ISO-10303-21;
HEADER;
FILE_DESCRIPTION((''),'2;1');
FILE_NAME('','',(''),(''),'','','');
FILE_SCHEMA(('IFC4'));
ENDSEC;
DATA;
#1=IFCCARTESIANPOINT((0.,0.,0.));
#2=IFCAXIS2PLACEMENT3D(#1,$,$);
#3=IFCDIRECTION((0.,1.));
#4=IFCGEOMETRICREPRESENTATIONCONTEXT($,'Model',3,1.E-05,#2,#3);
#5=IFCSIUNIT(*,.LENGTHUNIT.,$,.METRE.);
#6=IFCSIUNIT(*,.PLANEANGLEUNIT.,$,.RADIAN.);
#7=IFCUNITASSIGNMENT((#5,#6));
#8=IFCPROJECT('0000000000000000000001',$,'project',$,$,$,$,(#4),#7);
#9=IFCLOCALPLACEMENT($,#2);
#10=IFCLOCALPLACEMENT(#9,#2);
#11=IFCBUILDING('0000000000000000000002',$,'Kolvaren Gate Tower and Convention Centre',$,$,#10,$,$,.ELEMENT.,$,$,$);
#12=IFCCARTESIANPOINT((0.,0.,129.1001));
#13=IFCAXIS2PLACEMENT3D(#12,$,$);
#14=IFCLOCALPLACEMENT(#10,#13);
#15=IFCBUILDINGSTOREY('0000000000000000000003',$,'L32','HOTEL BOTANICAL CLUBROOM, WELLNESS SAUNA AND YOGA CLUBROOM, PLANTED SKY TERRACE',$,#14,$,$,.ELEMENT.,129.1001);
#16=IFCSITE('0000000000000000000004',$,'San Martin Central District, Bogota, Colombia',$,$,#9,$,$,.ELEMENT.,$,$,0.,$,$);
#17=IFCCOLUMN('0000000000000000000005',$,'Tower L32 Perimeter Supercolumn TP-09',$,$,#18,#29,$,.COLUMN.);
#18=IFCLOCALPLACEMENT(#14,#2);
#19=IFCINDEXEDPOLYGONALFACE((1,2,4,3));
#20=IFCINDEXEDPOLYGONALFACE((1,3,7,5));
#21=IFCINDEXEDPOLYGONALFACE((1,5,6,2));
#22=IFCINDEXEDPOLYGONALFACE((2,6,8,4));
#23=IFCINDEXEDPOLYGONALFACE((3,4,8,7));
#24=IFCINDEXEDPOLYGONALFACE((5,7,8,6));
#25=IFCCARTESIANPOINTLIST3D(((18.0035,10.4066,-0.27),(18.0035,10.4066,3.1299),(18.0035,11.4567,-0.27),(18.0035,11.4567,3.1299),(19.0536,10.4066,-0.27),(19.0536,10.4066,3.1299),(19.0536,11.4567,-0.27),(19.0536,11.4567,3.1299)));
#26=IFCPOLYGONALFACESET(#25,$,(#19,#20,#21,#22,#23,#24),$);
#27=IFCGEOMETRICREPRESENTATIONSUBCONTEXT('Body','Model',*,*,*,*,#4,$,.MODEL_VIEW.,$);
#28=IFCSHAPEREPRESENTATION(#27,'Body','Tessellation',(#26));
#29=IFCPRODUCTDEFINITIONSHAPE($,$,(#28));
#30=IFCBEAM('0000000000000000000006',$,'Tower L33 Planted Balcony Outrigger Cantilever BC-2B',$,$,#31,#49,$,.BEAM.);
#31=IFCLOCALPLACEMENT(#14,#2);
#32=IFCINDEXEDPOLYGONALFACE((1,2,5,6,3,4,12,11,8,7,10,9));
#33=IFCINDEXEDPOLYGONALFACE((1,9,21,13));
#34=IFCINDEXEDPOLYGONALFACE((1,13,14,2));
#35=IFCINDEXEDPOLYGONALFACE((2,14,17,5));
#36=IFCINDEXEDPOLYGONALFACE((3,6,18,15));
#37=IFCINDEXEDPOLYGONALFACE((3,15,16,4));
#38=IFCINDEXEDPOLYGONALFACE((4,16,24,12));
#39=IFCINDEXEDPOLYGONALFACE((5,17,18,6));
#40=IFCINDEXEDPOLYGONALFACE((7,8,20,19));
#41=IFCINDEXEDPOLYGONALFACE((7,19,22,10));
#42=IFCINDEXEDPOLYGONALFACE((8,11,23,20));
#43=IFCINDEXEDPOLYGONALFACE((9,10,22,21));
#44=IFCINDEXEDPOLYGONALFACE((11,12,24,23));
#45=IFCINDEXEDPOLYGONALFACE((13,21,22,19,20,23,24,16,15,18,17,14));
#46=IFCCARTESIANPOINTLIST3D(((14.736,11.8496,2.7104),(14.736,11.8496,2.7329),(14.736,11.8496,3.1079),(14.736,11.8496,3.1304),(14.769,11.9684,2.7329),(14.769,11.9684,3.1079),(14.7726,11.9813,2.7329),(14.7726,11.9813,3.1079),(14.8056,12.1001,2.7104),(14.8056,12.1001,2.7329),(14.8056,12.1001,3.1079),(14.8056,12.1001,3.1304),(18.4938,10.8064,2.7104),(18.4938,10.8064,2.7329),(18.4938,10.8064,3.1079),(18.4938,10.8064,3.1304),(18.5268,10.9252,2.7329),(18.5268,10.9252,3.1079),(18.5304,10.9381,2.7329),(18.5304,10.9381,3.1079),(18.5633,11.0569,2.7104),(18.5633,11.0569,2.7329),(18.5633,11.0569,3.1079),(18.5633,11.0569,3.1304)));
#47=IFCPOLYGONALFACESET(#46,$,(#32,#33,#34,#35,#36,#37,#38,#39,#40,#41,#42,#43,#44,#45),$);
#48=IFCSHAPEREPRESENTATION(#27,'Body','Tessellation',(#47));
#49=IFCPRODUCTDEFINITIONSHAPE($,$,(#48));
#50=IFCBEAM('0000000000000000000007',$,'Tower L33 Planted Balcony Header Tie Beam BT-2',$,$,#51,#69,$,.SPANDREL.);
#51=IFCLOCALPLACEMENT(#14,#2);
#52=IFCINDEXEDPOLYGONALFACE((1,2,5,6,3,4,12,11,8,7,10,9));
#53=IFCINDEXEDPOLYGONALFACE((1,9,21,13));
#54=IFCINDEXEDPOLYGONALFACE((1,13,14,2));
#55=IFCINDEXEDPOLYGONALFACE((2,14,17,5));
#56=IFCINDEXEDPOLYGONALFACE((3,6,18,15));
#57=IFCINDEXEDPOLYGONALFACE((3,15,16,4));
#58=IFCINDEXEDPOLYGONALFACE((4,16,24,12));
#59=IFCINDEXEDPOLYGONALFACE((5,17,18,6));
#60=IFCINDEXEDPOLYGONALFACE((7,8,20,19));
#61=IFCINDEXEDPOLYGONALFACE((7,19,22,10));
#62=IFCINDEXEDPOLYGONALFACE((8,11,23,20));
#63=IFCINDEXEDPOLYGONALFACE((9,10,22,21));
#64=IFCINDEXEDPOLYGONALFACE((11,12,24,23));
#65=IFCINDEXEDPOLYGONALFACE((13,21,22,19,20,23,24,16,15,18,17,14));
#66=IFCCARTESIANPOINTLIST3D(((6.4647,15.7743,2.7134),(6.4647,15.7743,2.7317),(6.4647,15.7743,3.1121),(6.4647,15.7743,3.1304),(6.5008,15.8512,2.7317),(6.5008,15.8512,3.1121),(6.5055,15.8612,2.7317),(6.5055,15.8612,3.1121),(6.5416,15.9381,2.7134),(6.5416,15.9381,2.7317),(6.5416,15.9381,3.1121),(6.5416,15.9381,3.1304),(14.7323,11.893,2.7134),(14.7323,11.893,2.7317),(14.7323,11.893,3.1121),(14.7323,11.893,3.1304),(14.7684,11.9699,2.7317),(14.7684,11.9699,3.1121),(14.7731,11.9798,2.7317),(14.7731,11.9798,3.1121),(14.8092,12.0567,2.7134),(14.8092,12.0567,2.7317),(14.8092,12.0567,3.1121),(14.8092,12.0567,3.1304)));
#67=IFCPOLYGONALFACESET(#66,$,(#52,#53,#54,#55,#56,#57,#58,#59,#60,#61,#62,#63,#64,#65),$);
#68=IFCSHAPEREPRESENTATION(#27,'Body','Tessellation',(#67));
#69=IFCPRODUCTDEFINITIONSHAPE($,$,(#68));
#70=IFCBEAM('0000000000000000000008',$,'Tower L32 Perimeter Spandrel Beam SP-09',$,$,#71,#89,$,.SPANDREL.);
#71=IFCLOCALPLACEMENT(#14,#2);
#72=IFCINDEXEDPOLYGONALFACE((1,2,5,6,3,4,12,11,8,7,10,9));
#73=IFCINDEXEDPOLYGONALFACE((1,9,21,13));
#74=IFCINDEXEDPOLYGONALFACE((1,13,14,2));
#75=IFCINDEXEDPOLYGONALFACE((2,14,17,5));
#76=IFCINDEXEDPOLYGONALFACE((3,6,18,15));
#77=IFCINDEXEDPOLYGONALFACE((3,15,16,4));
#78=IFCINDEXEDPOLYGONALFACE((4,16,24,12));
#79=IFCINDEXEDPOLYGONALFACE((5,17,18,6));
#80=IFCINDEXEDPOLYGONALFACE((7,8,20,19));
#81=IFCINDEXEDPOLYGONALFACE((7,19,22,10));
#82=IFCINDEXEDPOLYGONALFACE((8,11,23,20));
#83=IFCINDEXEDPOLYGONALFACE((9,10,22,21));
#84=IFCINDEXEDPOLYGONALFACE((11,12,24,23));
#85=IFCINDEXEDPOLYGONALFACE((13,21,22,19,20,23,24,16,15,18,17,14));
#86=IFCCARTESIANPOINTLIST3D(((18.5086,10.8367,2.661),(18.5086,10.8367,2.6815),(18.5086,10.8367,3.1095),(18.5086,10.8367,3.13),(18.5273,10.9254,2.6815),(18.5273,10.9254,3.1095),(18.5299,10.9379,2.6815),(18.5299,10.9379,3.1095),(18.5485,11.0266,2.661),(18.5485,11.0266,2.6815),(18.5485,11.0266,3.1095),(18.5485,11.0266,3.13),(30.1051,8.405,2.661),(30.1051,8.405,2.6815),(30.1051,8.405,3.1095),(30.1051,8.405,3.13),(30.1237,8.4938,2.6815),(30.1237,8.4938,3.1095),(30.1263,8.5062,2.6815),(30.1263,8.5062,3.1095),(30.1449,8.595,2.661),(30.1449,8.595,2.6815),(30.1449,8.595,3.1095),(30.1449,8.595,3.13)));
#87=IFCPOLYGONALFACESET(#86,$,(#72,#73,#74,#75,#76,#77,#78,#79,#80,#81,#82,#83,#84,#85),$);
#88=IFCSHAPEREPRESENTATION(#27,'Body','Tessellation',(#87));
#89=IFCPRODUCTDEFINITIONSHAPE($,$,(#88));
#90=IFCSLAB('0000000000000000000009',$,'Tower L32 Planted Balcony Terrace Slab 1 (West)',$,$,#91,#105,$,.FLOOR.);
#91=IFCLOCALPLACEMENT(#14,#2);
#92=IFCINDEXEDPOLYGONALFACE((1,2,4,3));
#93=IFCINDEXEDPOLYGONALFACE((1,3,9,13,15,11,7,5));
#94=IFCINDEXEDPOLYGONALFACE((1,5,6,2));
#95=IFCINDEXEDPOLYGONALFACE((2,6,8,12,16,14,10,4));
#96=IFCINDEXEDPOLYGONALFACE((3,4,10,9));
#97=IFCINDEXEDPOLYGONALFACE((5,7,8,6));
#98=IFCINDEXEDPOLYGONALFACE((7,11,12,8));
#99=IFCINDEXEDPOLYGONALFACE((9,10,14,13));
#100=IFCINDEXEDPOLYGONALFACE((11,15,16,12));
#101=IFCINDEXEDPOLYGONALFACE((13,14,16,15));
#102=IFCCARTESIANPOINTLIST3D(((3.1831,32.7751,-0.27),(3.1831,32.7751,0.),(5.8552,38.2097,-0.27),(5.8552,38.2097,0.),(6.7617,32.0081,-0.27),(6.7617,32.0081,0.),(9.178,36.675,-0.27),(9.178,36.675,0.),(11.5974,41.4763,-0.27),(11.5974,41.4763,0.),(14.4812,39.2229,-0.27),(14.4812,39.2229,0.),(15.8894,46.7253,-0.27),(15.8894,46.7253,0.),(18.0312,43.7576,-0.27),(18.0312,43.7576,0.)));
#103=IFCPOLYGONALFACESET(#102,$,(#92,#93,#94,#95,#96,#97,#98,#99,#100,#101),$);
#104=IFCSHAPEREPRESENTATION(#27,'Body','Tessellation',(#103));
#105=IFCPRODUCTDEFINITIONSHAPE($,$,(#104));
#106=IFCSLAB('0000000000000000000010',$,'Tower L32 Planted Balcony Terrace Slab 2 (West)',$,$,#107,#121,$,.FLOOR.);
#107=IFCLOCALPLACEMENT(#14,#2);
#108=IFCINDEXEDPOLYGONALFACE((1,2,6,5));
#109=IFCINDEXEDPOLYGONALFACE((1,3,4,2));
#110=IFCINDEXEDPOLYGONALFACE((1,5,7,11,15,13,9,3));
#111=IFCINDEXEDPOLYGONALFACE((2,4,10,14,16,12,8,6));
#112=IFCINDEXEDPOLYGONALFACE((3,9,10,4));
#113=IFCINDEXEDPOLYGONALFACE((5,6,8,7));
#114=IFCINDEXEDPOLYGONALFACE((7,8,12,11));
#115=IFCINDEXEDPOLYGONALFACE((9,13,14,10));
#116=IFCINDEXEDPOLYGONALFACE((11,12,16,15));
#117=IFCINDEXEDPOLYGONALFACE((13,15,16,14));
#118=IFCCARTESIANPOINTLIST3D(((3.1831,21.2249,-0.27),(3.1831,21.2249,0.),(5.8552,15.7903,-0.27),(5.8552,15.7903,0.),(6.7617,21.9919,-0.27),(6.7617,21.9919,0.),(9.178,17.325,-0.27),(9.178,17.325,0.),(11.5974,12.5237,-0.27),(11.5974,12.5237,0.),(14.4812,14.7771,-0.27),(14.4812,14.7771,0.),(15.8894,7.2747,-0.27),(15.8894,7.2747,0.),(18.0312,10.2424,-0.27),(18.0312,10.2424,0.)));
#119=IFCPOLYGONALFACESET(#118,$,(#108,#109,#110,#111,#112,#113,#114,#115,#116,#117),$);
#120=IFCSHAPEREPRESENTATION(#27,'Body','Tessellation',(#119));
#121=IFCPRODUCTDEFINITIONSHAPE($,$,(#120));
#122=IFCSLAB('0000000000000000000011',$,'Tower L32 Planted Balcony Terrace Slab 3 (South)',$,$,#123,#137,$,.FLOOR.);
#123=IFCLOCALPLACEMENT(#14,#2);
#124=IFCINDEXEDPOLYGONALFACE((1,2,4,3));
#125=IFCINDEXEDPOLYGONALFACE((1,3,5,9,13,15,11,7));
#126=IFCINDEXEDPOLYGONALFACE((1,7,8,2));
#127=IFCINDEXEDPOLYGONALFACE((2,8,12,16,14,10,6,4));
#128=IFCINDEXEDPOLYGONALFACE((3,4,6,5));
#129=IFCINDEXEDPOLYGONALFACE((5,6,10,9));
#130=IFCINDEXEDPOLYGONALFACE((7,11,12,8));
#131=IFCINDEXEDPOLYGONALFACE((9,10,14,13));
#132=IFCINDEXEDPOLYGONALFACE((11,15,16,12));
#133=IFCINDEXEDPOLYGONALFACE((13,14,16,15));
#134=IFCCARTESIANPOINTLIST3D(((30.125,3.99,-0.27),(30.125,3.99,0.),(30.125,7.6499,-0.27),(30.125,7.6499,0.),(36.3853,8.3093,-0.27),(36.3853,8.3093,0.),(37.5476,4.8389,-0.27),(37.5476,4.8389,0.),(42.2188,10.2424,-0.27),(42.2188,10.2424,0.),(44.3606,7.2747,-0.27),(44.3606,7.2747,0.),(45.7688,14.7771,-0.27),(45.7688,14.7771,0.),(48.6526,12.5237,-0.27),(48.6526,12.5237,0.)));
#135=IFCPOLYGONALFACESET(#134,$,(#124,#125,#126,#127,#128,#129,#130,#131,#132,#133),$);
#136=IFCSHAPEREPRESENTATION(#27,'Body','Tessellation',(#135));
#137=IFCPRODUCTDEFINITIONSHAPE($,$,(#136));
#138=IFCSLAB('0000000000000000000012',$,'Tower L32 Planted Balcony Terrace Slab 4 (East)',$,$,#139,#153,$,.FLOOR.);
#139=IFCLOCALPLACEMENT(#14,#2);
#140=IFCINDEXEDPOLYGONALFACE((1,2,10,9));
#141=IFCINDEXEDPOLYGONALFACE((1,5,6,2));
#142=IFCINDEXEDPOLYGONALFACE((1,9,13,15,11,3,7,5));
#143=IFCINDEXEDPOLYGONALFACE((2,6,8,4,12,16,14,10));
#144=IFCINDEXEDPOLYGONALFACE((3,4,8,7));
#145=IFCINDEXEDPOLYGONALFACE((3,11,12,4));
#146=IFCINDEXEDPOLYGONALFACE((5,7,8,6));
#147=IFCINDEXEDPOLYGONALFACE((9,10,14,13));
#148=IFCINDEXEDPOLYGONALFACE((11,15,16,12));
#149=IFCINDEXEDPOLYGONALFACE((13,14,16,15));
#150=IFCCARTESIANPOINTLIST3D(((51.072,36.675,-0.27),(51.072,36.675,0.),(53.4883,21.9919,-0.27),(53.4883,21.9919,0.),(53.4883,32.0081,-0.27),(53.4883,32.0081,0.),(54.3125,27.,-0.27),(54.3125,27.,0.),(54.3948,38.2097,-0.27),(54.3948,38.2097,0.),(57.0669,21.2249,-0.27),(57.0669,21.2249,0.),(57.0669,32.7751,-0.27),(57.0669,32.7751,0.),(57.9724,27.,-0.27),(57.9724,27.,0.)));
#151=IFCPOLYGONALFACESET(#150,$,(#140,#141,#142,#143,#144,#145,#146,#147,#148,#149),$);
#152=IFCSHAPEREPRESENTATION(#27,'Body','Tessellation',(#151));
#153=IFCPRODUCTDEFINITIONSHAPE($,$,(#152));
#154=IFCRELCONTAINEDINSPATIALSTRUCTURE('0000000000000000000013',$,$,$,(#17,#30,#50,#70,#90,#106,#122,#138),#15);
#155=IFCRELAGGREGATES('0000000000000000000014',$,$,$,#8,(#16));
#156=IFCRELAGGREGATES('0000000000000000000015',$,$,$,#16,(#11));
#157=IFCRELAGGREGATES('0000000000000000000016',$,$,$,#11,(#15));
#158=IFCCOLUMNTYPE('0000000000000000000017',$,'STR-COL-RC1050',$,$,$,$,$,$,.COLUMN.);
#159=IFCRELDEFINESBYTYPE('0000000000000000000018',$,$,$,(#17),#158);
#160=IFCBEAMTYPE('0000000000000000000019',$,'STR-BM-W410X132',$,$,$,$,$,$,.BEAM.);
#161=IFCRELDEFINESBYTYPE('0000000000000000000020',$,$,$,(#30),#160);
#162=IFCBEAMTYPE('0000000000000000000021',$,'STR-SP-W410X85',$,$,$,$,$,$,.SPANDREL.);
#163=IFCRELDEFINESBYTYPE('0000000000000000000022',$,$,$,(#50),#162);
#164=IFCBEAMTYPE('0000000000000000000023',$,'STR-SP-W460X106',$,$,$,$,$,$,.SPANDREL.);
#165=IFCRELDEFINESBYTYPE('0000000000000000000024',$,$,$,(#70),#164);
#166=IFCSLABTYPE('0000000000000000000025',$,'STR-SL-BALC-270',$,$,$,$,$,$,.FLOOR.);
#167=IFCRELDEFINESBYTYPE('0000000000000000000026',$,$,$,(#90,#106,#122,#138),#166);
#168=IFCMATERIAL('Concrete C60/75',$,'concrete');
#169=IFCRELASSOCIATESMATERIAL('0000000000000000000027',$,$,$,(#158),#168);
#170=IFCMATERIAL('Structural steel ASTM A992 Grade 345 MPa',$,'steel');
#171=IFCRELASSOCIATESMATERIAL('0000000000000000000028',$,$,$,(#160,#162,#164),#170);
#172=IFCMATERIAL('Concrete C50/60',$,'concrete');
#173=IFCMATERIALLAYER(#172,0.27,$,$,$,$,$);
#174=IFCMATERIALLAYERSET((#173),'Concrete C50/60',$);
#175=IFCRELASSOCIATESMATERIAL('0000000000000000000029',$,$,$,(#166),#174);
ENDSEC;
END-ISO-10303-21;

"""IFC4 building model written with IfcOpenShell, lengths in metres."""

from ifc_helpers import new_model, si_unit, direction, frame, origin, origin_2d, place, context, subcontext, project, spatial, polyline, rectangle, i_section, outline, extrude, material, layer, layer_set, material_profile, profile_set, type_object, element, save


model = new_model("IFC4")

# Units and contexts
model_context = context("Model", 3, precision=1e-05, world=origin(), true_north=direction((0.0, 1.0)))
body_context = subcontext(model_context, "Body", "Model", "MODEL_VIEW")
ifc_project = project(units=[si_unit("LENGTHUNIT", "METRE"), si_unit("PLANEANGLEUNIT", "RADIAN")], contexts=[model_context])

# Site, building, storey
site_placement = place(None, origin())
site = spatial("IfcSite", under=ifc_project, at=site_placement, Name="San Martin Central District, Bogota, Colombia", CompositionType="ELEMENT", RefElevation=0.0)
building_placement = place(site_placement, origin())
building = spatial("IfcBuilding", under=site, at=building_placement, Name="Kolvaren Gate Tower and Convention Centre", CompositionType="ELEMENT")
storey_placement = place(building_placement, frame((0.0, 0.0, 129.1001)))
storey = spatial("IfcBuildingStorey", under=building, at=storey_placement, Name="L32", Description="HOTEL BOTANICAL CLUBROOM, WELLNESS SAUNA AND YOGA CLUBROOM, PLANTED SKY TERRACE", CompositionType="ELEMENT", Elevation=129.1001)

# Column
ifc_material_1 = material(Name="Concrete C60/75", Category="concrete")
ifc_material_profile_1 = material_profile(ifc_material_1, rectangle(XDim=1.05, YDim=1.05, at=origin_2d()), Name="RC-COL-1050X1050")
ifc_profile_set_1 = profile_set([ifc_material_profile_1], Name="Concrete C60/75")
column_type = type_object("IfcColumnType", Name="STR-COL-RC1050", PredefinedType="COLUMN", material=ifc_profile_set_1)
column_placement = place(storey_placement, frame((18.5286, 10.9316, -0.27), z_axis=(0.0, 0.0, 1.0), x_axis=(1.0, 0.0, 0.0)))
element("IfcColumn", 1, at=column_placement, inside=storey, type_object=column_type, Name="Tower L32 Perimeter Supercolumn TP-09", PredefinedType="COLUMN", context=body_context, shape_type="SweptSolid", body=[
    extrude(rectangle(XDim=1.05, YDim=1.05, at=origin_2d()), origin(), (0.0, 0.0, 1.0), 3.3999),
])

# Beams
ifc_material_2 = material(Name="Structural steel ASTM A992 Grade 345 MPa", Category="steel")
ifc_material_profile_2 = material_profile(ifc_material_2, i_section(OverallWidth=0.26, OverallDepth=0.4199, WebThickness=0.0134, FlangeThickness=0.0225, at=origin_2d()), Name="W410X132")
ifc_profile_set_2 = profile_set([ifc_material_profile_2], Name="Structural steel ASTM A992 Grade 345 MPa")
beam_type_1 = type_object("IfcBeamType", Name="STR-BM-W410X132", PredefinedType="BEAM", material=ifc_profile_set_2)
beam_1_placement = place(storey_placement, frame((18.5286, 10.9316, 2.9204), z_axis=(-0.963559, 0.267495, 0.0), x_axis=(-0.267495, -0.963559, 0.0)))
element("IfcBeam", 2, at=beam_1_placement, inside=storey, type_object=beam_type_1, Name="Tower L33 Planted Balcony Outrigger Cantilever BC-2B", PredefinedType="BEAM", context=body_context, shape_type="SweptSolid", body=[
    extrude(i_section(OverallWidth=0.26, OverallDepth=0.4199, WebThickness=0.0134, FlangeThickness=0.0225, at=origin_2d()), origin(), (0.0, 0.0, 1.0), 3.8999),
])
ifc_material_profile_3 = material_profile(ifc_material_2, i_section(OverallWidth=0.1809, OverallDepth=0.417, WebThickness=0.011, FlangeThickness=0.0183, at=origin_2d()), Name="W410X85")
ifc_profile_set_3 = profile_set([ifc_material_profile_3], Name="Structural steel ASTM A992 Grade 345 MPa")
beam_type_2 = type_object("IfcBeamType", Name="STR-SP-W410X85", PredefinedType="SPANDREL", material=ifc_profile_set_3)
beam_2_placement = place(storey_placement, frame((6.5032, 15.8562, 2.9219), z_axis=(0.90521, -0.424965, 0.0), x_axis=(0.424965, 0.90521, 0.0)))
element("IfcBeam", 3, at=beam_2_placement, inside=storey, type_object=beam_type_2, Name="Tower L33 Planted Balcony Header Tie Beam BT-2", PredefinedType="SPANDREL", context=body_context, shape_type="SweptSolid", body=[
    extrude(i_section(OverallWidth=0.1809, OverallDepth=0.417, WebThickness=0.011, FlangeThickness=0.0183, at=origin_2d()), origin(), (0.0, 0.0, 1.0), 9.1333),
])
ifc_material_profile_4 = material_profile(ifc_material_2, i_section(OverallWidth=0.1941, OverallDepth=0.469, WebThickness=0.0127, FlangeThickness=0.0205, at=origin_2d()), Name="W460X106")
ifc_profile_set_4 = profile_set([ifc_material_profile_4], Name="Structural steel ASTM A992 Grade 345 MPa")
beam_type_3 = type_object("IfcBeamType", Name="STR-SP-W460X106", PredefinedType="SPANDREL", material=ifc_profile_set_4)
beam_3_placement = place(storey_placement, frame((18.5286, 10.9316, 2.8955), z_axis=(0.978715, -0.205225, 0.0), x_axis=(0.205225, 0.978715, 0.0)))
element("IfcBeam", 4, at=beam_3_placement, inside=storey, type_object=beam_type_3, Name="Tower L32 Perimeter Spandrel Beam SP-09", PredefinedType="SPANDREL", context=body_context, shape_type="SweptSolid", body=[
    extrude(i_section(OverallWidth=0.1941, OverallDepth=0.469, WebThickness=0.0127, FlangeThickness=0.0205, at=origin_2d()), origin(), (0.0, 0.0, 1.0), 11.8486),
])

# Slabs
ifc_material_3 = material(Name="Concrete C50/60", Category="concrete")
ifc_layer_1 = layer(ifc_material_3, 0.27)
ifc_layer_set_1 = layer_set([ifc_layer_1], Name="Concrete C50/60")
slab_type_1 = type_object("IfcSlabType", Name="STR-SL-BALC-270", PredefinedType="FLOOR", material=ifc_layer_set_1)
slab_1_placement = place(storey_placement, frame((0.0, 0.0, -0.27)))
element("IfcSlab", 5, at=slab_1_placement, inside=storey, type_object=slab_type_1, Name="Tower L32 Planted Balcony Terrace Slab 1 (West)", PredefinedType="FLOOR", context=body_context, shape_type="SweptSolid", body=[
    extrude(outline(polyline([(18.0312, 43.7576), (14.4812, 39.2229), (9.178, 36.675), (6.7617, 32.0081), (3.1831, 32.7751), (5.8552, 38.2097), (11.5974, 41.4763), (15.8894, 46.7253), (18.0312, 43.7576)])), origin(), (0.0, 0.0, 1.0), 0.27),
])
slab_2_placement = place(storey_placement, frame((0.0, 0.0, -0.27)))
element("IfcSlab", 6, at=slab_2_placement, inside=storey, type_object=slab_type_1, Name="Tower L32 Planted Balcony Terrace Slab 2 (West)", PredefinedType="FLOOR", context=body_context, shape_type="SweptSolid", body=[
    extrude(outline(polyline([(6.7617, 21.9919), (9.178, 17.325), (14.4812, 14.7771), (18.0312, 10.2424), (15.8894, 7.2747), (11.5974, 12.5237), (5.8552, 15.7903), (3.1831, 21.2249), (6.7617, 21.9919)])), origin(), (0.0, 0.0, 1.0), 0.27),
])
slab_3_placement = place(storey_placement, frame((0.0, 0.0, -0.27)))
element("IfcSlab", 7, at=slab_3_placement, inside=storey, type_object=slab_type_1, Name="Tower L32 Planted Balcony Terrace Slab 3 (South)", PredefinedType="FLOOR", context=body_context, shape_type="SweptSolid", body=[
    extrude(outline(polyline([(30.125, 7.6499), (36.3853, 8.3093), (42.2188, 10.2424), (45.7688, 14.7771), (48.6526, 12.5237), (44.3606, 7.2747), (37.5476, 4.8389), (30.125, 3.99), (30.125, 7.6499)])), origin(), (0.0, 0.0, 1.0), 0.27),
])
slab_4_placement = place(storey_placement, frame((0.0, 0.0, -0.27)))
element("IfcSlab", 8, at=slab_4_placement, inside=storey, type_object=slab_type_1, Name="Tower L32 Planted Balcony Terrace Slab 4 (East)", PredefinedType="FLOOR", context=body_context, shape_type="SweptSolid", body=[
    extrude(outline(polyline([(53.4883, 21.9919), (54.3125, 27.0), (53.4883, 32.0081), (51.072, 36.675), (54.3948, 38.2097), (57.0669, 32.7751), (57.9724, 27.0), (57.0669, 21.2249), (53.4883, 21.9919)])), origin(), (0.0, 0.0, 1.0), 0.27),
])

save(model, "model.ifc")
